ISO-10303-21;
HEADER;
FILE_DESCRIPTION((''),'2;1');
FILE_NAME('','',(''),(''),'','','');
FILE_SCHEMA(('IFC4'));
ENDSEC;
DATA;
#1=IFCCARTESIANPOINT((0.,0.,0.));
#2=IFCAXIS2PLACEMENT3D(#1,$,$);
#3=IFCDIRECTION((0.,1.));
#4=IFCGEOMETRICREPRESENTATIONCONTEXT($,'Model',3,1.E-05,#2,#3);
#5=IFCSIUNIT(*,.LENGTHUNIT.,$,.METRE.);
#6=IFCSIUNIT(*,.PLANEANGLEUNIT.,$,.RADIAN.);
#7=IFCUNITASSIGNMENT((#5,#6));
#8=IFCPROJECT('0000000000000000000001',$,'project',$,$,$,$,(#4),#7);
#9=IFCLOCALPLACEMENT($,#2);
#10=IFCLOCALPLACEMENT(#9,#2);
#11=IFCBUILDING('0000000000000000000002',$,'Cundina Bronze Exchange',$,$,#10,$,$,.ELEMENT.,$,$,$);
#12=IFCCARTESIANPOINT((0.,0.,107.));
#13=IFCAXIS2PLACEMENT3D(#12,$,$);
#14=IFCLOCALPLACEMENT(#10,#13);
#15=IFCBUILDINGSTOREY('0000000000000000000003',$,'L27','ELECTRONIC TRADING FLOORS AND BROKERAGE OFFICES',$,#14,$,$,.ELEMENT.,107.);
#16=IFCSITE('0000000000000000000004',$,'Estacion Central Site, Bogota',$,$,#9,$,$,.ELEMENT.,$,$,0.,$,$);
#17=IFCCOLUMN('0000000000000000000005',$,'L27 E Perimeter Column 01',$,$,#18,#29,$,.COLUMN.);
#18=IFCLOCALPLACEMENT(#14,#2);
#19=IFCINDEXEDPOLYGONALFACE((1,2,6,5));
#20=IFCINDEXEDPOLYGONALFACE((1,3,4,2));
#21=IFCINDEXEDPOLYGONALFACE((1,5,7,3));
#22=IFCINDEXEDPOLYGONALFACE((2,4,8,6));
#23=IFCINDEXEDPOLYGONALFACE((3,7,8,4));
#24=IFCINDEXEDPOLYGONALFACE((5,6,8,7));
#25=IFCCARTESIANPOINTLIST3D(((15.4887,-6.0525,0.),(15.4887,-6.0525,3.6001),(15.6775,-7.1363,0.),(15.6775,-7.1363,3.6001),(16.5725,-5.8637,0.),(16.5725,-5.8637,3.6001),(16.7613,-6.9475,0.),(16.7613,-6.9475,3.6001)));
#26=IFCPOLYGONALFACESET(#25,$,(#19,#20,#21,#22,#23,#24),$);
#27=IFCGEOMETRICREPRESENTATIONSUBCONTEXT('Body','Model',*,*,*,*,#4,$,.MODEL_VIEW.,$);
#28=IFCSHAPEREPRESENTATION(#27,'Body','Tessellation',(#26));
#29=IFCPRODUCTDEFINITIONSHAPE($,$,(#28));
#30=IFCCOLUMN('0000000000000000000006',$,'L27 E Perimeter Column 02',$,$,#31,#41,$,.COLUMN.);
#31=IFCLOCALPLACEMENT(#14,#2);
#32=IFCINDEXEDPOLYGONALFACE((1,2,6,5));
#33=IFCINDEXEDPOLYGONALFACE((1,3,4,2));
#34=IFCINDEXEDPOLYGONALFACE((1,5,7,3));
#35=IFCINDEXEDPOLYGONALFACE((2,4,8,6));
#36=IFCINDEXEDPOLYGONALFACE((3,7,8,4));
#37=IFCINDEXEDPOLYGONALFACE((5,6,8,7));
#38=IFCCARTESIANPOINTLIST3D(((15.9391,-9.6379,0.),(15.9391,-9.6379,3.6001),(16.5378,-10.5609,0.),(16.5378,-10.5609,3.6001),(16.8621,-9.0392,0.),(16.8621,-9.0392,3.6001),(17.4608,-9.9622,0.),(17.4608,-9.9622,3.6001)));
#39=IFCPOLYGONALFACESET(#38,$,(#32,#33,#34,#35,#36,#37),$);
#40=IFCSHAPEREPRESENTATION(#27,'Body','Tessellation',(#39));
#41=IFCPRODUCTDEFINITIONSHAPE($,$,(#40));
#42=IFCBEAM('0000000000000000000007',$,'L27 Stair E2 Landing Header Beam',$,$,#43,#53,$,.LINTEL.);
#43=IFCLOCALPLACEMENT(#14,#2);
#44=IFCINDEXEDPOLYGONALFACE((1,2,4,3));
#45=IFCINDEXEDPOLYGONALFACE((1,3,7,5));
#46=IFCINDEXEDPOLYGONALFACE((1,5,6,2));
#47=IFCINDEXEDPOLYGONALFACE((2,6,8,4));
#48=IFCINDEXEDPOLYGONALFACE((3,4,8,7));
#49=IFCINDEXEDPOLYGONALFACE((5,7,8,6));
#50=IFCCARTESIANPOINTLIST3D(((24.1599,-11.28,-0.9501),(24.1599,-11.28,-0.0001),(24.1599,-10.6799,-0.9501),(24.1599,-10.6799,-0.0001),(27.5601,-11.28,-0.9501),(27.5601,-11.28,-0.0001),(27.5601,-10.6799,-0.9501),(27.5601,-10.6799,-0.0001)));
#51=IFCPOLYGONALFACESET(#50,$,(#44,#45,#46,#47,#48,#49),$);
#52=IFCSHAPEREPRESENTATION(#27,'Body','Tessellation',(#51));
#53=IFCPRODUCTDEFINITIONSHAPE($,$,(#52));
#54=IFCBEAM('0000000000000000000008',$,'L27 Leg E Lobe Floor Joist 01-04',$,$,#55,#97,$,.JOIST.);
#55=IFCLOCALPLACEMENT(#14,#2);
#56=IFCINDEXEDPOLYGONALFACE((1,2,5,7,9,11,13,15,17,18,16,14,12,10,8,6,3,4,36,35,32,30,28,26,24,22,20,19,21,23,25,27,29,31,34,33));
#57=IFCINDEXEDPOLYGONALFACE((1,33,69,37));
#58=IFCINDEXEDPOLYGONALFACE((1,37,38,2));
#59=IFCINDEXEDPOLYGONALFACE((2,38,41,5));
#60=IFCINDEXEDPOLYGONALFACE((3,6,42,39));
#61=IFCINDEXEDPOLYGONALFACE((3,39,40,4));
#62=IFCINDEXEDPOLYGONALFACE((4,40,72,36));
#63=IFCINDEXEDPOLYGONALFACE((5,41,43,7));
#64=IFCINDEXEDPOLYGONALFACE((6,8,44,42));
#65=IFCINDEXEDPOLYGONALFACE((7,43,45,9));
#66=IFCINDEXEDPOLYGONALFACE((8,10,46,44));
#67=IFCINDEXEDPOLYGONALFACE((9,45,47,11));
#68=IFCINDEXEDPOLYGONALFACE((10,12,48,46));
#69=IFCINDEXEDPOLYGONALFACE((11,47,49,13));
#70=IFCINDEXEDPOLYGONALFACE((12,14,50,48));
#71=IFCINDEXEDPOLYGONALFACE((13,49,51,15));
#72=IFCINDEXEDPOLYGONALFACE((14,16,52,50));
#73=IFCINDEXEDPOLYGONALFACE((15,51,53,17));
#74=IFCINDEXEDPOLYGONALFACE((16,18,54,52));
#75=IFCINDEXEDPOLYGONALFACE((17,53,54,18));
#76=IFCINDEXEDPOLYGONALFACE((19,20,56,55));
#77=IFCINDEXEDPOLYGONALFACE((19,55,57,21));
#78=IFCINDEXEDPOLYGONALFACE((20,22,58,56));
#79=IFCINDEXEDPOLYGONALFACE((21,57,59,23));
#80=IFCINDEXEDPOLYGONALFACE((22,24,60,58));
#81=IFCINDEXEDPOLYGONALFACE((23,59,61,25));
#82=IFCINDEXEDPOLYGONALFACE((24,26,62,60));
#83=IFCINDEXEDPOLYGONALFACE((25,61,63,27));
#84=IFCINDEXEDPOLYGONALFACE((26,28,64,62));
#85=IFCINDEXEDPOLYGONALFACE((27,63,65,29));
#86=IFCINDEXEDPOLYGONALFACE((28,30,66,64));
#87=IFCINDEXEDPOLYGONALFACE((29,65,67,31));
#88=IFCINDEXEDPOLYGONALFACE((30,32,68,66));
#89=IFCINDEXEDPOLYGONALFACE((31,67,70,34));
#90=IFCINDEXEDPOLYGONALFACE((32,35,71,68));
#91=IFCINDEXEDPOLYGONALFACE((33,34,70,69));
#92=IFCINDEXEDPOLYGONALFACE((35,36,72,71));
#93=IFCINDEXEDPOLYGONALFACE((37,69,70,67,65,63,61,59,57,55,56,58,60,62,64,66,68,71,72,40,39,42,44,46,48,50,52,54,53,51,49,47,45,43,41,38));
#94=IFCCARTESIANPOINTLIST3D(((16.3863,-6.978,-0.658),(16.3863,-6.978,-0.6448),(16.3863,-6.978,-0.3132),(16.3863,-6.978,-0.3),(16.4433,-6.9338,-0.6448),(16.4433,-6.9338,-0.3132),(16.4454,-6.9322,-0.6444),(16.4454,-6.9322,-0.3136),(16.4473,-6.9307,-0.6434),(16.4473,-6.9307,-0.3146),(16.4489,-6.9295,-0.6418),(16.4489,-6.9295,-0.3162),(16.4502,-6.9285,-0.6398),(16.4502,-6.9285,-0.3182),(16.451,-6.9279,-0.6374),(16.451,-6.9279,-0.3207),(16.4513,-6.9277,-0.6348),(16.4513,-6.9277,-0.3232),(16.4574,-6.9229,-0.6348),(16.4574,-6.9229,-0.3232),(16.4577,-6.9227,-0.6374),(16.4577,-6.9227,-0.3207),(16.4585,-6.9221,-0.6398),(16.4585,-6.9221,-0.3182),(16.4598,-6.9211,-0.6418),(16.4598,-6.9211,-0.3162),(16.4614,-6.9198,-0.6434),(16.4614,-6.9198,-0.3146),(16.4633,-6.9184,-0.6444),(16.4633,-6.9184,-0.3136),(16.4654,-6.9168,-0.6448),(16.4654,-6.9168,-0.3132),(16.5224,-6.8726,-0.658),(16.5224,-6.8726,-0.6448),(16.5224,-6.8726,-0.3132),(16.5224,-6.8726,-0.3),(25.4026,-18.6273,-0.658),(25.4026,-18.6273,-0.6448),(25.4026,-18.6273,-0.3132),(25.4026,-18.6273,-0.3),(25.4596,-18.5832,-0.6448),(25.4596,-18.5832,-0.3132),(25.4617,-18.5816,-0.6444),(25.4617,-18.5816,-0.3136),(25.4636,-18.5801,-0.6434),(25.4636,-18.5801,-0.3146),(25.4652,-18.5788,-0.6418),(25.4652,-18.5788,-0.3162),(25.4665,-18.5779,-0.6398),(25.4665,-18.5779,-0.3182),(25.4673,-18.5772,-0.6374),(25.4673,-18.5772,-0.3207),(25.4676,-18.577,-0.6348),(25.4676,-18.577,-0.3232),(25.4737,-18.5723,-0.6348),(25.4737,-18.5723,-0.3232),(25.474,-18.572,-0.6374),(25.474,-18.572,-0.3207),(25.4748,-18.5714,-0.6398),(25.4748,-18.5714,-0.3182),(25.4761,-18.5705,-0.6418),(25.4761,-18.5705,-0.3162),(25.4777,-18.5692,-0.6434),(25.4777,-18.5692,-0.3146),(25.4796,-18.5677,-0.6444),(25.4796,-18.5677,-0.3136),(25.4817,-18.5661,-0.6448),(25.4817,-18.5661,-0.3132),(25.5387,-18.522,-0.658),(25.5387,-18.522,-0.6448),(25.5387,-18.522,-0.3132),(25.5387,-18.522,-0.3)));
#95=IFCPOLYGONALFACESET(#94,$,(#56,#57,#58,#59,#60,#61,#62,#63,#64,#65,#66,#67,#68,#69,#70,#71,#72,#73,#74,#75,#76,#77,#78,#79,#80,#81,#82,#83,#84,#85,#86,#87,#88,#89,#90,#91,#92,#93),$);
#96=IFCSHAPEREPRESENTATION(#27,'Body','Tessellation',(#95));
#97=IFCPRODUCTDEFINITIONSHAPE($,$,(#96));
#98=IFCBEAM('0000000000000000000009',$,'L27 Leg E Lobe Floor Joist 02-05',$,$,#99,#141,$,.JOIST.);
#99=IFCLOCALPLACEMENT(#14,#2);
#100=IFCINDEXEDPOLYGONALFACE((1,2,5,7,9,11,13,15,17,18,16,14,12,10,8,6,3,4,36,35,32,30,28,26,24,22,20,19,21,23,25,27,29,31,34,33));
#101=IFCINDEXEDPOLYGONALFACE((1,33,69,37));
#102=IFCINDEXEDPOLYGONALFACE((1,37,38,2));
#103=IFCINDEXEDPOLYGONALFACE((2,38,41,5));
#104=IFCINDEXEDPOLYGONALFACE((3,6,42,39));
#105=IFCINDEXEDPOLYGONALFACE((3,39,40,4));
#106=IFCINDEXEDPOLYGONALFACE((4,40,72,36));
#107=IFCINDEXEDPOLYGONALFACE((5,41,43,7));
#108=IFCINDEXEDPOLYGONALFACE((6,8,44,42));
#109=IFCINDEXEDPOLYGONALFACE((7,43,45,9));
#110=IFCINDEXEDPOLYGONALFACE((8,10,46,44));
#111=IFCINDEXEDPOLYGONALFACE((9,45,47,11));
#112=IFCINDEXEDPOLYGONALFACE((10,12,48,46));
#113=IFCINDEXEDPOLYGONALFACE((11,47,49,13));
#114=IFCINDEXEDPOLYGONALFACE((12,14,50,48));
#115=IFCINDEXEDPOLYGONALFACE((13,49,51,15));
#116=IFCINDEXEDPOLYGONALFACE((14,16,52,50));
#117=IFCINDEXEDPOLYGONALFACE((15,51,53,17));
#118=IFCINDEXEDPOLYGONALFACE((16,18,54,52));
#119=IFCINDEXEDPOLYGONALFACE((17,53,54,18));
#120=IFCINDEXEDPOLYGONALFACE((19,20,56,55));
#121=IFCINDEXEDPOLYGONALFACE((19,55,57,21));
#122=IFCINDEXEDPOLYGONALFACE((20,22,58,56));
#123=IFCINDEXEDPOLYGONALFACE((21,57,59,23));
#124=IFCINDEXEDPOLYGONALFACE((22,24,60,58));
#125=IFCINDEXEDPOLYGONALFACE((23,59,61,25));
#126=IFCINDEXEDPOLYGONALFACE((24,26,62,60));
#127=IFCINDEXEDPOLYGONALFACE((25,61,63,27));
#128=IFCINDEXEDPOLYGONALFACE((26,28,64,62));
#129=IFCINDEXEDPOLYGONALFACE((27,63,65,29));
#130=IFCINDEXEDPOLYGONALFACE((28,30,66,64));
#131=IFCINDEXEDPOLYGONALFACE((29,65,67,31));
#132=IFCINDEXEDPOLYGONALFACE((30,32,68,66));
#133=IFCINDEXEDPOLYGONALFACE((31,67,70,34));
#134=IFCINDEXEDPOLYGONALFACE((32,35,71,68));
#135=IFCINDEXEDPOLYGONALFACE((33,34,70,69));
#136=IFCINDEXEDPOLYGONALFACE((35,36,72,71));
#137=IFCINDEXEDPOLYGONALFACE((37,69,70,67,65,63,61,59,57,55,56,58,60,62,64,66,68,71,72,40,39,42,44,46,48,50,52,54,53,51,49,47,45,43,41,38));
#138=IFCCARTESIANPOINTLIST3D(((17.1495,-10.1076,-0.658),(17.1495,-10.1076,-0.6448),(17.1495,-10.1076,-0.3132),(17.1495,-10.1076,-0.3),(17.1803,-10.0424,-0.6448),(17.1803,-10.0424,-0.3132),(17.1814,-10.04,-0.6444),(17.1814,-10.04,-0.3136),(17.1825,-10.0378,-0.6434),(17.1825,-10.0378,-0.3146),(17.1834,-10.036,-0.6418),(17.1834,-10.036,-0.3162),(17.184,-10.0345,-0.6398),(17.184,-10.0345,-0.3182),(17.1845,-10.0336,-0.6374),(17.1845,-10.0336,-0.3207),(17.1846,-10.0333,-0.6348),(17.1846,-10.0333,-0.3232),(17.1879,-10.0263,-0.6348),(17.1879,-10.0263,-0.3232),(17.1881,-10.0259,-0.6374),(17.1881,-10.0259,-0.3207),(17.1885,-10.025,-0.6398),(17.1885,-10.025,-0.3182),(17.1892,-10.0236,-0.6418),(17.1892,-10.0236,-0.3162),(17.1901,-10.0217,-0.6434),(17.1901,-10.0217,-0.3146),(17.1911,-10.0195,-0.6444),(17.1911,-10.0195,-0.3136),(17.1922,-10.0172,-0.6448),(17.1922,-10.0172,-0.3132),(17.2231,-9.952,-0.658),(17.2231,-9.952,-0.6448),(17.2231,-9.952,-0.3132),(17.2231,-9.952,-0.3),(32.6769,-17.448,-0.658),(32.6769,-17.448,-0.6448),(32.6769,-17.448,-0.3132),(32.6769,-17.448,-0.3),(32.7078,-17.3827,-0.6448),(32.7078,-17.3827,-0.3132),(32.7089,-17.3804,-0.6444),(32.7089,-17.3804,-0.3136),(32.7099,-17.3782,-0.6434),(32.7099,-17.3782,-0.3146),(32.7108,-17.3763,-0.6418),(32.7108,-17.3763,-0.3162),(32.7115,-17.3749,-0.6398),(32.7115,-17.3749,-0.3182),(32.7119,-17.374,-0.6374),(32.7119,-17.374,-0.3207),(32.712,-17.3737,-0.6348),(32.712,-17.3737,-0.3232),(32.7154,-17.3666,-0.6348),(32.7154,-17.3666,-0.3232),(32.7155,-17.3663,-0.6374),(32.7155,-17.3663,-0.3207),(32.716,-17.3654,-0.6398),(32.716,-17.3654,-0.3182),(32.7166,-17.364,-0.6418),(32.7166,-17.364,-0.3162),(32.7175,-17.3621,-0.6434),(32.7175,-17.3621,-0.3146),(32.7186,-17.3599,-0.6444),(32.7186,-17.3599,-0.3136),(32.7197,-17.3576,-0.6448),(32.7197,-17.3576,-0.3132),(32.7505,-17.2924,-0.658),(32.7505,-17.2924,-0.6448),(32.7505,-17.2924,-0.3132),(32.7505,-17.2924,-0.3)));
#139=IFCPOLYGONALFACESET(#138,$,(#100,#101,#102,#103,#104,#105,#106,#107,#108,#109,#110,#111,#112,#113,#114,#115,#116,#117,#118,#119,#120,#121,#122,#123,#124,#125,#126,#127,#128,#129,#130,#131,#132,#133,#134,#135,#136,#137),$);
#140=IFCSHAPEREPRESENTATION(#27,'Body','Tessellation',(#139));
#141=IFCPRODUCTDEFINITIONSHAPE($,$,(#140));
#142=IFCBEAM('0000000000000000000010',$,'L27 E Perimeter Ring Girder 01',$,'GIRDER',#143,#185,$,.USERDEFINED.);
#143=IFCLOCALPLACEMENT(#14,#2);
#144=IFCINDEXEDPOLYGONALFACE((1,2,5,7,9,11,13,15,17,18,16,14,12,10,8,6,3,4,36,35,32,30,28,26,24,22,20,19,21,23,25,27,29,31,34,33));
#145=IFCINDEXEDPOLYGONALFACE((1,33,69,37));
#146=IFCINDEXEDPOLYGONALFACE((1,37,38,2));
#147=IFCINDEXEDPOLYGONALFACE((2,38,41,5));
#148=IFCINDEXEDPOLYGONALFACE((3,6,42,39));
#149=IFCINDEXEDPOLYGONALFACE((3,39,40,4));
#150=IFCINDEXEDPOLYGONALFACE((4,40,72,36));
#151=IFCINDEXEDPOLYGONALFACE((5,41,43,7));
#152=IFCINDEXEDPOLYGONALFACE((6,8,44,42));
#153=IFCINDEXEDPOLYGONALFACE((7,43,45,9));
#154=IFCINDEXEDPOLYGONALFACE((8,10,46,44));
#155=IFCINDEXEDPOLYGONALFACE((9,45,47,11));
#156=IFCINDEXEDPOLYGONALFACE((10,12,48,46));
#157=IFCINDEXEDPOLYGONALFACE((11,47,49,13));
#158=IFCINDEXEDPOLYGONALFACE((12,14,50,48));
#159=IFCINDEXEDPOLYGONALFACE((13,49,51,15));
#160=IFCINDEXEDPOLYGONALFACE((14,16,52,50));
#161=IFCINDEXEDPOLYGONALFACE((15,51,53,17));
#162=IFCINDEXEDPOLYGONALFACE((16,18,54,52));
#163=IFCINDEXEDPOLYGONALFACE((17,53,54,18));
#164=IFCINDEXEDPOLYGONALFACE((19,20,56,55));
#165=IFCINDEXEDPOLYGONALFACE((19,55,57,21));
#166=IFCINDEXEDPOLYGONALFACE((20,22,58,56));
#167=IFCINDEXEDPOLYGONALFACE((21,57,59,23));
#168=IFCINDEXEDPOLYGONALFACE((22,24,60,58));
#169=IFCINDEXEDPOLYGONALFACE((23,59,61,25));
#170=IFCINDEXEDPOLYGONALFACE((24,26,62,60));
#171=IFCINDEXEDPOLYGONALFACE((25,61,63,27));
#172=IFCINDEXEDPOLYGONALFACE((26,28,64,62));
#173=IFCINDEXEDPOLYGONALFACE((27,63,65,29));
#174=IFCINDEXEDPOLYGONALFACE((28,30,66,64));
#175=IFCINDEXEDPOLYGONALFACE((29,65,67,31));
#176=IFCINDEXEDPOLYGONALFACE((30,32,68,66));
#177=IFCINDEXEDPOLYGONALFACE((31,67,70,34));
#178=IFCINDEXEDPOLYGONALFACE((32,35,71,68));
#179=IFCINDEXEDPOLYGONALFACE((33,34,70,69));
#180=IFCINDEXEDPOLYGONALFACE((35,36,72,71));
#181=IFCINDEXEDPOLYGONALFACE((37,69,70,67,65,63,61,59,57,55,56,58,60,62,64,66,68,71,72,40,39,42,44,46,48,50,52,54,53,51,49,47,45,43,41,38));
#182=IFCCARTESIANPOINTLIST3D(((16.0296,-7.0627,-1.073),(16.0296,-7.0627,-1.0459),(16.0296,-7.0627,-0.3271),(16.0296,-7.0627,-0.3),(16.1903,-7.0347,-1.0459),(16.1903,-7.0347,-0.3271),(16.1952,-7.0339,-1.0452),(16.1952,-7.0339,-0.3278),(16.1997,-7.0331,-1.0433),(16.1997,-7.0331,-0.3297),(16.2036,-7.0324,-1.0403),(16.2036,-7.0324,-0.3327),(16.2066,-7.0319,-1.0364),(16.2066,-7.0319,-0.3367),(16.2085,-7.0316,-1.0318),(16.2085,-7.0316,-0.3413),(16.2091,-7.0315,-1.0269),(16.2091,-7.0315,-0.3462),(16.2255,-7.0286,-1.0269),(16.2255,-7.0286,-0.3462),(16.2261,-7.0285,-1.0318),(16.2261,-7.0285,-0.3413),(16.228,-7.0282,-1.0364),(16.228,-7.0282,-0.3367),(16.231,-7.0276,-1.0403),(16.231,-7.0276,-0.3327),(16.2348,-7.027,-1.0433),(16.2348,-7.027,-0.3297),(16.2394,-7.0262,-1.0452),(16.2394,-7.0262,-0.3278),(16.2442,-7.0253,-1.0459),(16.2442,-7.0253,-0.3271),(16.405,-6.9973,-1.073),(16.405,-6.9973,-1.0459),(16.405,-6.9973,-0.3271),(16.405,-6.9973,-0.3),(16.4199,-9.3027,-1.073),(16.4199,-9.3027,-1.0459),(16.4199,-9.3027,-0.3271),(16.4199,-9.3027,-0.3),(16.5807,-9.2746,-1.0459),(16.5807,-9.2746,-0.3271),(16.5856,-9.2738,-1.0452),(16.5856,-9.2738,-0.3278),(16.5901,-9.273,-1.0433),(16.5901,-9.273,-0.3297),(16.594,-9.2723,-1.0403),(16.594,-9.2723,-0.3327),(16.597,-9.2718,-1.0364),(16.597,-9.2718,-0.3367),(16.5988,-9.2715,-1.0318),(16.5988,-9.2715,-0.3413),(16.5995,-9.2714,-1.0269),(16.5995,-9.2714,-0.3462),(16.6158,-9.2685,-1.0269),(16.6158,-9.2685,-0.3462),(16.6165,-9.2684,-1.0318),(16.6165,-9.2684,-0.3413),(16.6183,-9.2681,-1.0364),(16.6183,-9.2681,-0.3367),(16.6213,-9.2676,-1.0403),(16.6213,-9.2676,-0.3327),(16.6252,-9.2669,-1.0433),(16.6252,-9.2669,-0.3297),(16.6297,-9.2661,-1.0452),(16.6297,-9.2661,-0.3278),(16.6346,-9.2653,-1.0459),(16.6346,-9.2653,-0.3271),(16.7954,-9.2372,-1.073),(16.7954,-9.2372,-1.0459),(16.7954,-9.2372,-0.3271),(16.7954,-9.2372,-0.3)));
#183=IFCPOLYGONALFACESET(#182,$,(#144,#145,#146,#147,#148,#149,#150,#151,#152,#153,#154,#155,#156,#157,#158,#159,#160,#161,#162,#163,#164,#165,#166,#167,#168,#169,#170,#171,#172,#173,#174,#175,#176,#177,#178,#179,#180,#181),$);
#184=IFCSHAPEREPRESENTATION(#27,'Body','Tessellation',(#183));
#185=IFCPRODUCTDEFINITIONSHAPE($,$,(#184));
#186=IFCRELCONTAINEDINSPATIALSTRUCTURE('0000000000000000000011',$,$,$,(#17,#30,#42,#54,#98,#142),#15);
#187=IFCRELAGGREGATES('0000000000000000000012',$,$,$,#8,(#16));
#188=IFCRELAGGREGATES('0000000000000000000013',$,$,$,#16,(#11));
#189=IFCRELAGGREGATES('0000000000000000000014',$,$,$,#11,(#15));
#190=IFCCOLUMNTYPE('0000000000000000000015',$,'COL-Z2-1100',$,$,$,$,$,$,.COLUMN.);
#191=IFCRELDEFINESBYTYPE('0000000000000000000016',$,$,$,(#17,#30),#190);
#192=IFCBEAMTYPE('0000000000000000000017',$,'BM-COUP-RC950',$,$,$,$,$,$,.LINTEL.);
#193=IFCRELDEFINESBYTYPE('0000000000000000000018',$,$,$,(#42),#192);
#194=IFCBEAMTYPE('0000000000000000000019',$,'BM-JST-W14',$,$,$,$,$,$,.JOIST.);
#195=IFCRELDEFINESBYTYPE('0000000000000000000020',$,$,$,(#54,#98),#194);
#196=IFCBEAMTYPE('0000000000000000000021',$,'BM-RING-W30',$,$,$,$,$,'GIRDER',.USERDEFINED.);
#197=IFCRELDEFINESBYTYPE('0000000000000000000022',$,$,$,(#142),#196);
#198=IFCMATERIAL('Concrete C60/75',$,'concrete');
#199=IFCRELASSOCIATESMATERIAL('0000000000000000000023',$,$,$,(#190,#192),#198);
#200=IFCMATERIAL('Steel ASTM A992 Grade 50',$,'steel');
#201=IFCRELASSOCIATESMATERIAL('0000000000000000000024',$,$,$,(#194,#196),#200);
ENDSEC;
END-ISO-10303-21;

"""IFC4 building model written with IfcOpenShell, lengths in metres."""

from ifc_helpers import new_model, si_unit, direction, frame, origin, origin_2d, place, context, subcontext, project, spatial, rectangle, i_section, extrude, material, material_profile, profile_set, type_object, element, save


model = new_model("IFC4")

# Units and contexts
model_context = context("Model", 3, precision=1e-05, world=origin(), true_north=direction((0.0, 1.0)))
body_context = subcontext(model_context, "Body", "Model", "MODEL_VIEW")
ifc_project = project(units=[si_unit("LENGTHUNIT", "METRE"), si_unit("PLANEANGLEUNIT", "RADIAN")], contexts=[model_context])

# Site, building, storey
site_placement = place(None, origin())
site = spatial("IfcSite", under=ifc_project, at=site_placement, Name="Estacion Central Site, Bogota", CompositionType="ELEMENT", RefElevation=0.0)
building_placement = place(site_placement, origin())
building = spatial("IfcBuilding", under=site, at=building_placement, Name="Cundina Bronze Exchange", CompositionType="ELEMENT")
storey_placement = place(building_placement, frame((0.0, 0.0, 107.0)))
storey = spatial("IfcBuildingStorey", under=building, at=storey_placement, Name="L27", Description="ELECTRONIC TRADING FLOORS AND BROKERAGE OFFICES", CompositionType="ELEMENT", Elevation=107.0)

# Columns
ifc_material_1 = material(Name="Concrete C60/75", Category="concrete")
ifc_material_profile_1 = material_profile(ifc_material_1, rectangle(XDim=1.1001, YDim=1.1001, at=origin_2d()), Name="RC1100X1100", Category="concrete")
ifc_profile_set_1 = profile_set([ifc_material_profile_1], Name="Concrete C60/75")
column_type = type_object("IfcColumnType", Name="COL-Z2-1100", PredefinedType="COLUMN", material=ifc_profile_set_1)
for number, where, z_axis, x_axis, name in (
    (1, (16.125, -6.5, 0.0), (0.0, 0.0, 1.0), (0.171585, -0.985169, 0.0), "L27 E Perimeter Column 01"),
    (2, (16.7, -9.8, 0.0), (0.0, 0.0, 1.0), (0.5442, -0.838956, 0.0), "L27 E Perimeter Column 02"),
):
    element("IfcColumn", number, at=place(storey_placement, frame(where, z_axis=z_axis, x_axis=x_axis)), inside=storey, type_object=column_type, Name=name, PredefinedType="COLUMN", context=body_context, shape_type="SweptSolid", body=[
        extrude(rectangle(XDim=1.1001, YDim=1.1001, at=origin_2d()), origin(), (0.0, 0.0, 1.0), 3.6001),
    ])

# Beams
ifc_material_profile_2 = material_profile(ifc_material_1, rectangle(XDim=0.6001, YDim=0.95, at=origin_2d()), Name="RC600X950", Category="concrete")
ifc_profile_set_2 = profile_set([ifc_material_profile_2], Name="Concrete C60/75")
beam_type_1 = type_object("IfcBeamType", Name="BM-COUP-RC950", PredefinedType="LINTEL", material=ifc_profile_set_2)
beam_1_placement = place(storey_placement, frame((24.1599, -10.98, -0.4751), z_axis=(1.0, 0.0, 0.0), x_axis=(0.0, 1.0, 0.0)))
element("IfcBeam", 3, at=beam_1_placement, inside=storey, type_object=beam_type_1, Name="L27 Stair E2 Landing Header Beam", PredefinedType="LINTEL", context=body_context, shape_type="SweptSolid", body=[
    extrude(rectangle(XDim=0.6001, YDim=0.95, at=origin_2d()), origin(), (0.0, 0.0, 1.0), 3.4001),
])
ifc_material_2 = material(Name="Steel ASTM A992 Grade 50", Category="steel")
ifc_material_profile_3 = material_profile(ifc_material_2, i_section(OverallWidth=0.1721, OverallDepth=0.3579, WebThickness=0.0078, FlangeThickness=0.0132, FilletRadius=0.01, at=origin_2d()), Name="W14X38", Category="steel")
ifc_profile_set_3 = profile_set([ifc_material_profile_3], Name="Steel ASTM A992 Grade 50")
beam_type_2 = type_object("IfcBeamType", Name="BM-JST-W14", PredefinedType="JOIST", material=ifc_profile_set_3)
beam_2_placement = place(storey_placement, frame((16.4543, -6.9253, -0.479), z_axis=(0.612065, -0.790807, 0.0), x_axis=(0.790807, 0.612065, 0.0)))
element("IfcBeam", 4, at=beam_2_placement, inside=storey, type_object=beam_type_2, Name="L27 Leg E Lobe Floor Joist 01-04", PredefinedType="JOIST", context=body_context, shape_type="SweptSolid", body=[
    extrude(i_section(OverallWidth=0.1721, OverallDepth=0.3579, WebThickness=0.0078, FlangeThickness=0.0132, FilletRadius=0.01, at=origin_2d()), origin(), (0.0, 0.0, 1.0), 14.731),
])
beam_3_placement = place(storey_placement, frame((17.1863, -10.0298, -0.479), z_axis=(0.904069, -0.427386, 0.0), x_axis=(0.427386, 0.904069, 0.0)))
element("IfcBeam", 5, at=beam_3_placement, inside=storey, type_object=beam_type_2, Name="L27 Leg E Lobe Floor Joist 02-05", PredefinedType="JOIST", context=body_context, shape_type="SweptSolid", body=[
    extrude(i_section(OverallWidth=0.1721, OverallDepth=0.3579, WebThickness=0.0078, FlangeThickness=0.0132, FilletRadius=0.01, at=origin_2d()), origin(), (0.0, 0.0, 1.0), 17.175),
])
ifc_material_profile_4 = material_profile(ifc_material_2, i_section(OverallWidth=0.3811, OverallDepth=0.7729, WebThickness=0.0166, FlangeThickness=0.0271, FilletRadius=0.019, at=origin_2d()), Name="W30X173", Category="steel")
ifc_profile_set_4 = profile_set([ifc_material_profile_4], Name="Steel ASTM A992 Grade 50")
beam_type_3 = type_object("IfcBeamType", Name="BM-RING-W30", ElementType="GIRDER", PredefinedType="USERDEFINED", material=ifc_profile_set_4)
beam_4_placement = place(storey_placement, frame((16.2173, -7.03, -0.6865), z_axis=(0.17169, -0.985151, 0.0), x_axis=(0.985151, 0.17169, 0.0)))
element("IfcBeam", 6, at=beam_4_placement, inside=storey, type_object=beam_type_3, Name="L27 E Perimeter Ring Girder 01", ObjectType="GIRDER", PredefinedType="USERDEFINED", context=body_context, shape_type="SweptSolid", body=[
    extrude(i_section(OverallWidth=0.3811, OverallDepth=0.7729, WebThickness=0.0166, FlangeThickness=0.0271, FilletRadius=0.019, at=origin_2d()), origin(), (0.0, 0.0, 1.0), 2.2737),
])

save(model, "model.ifc")
